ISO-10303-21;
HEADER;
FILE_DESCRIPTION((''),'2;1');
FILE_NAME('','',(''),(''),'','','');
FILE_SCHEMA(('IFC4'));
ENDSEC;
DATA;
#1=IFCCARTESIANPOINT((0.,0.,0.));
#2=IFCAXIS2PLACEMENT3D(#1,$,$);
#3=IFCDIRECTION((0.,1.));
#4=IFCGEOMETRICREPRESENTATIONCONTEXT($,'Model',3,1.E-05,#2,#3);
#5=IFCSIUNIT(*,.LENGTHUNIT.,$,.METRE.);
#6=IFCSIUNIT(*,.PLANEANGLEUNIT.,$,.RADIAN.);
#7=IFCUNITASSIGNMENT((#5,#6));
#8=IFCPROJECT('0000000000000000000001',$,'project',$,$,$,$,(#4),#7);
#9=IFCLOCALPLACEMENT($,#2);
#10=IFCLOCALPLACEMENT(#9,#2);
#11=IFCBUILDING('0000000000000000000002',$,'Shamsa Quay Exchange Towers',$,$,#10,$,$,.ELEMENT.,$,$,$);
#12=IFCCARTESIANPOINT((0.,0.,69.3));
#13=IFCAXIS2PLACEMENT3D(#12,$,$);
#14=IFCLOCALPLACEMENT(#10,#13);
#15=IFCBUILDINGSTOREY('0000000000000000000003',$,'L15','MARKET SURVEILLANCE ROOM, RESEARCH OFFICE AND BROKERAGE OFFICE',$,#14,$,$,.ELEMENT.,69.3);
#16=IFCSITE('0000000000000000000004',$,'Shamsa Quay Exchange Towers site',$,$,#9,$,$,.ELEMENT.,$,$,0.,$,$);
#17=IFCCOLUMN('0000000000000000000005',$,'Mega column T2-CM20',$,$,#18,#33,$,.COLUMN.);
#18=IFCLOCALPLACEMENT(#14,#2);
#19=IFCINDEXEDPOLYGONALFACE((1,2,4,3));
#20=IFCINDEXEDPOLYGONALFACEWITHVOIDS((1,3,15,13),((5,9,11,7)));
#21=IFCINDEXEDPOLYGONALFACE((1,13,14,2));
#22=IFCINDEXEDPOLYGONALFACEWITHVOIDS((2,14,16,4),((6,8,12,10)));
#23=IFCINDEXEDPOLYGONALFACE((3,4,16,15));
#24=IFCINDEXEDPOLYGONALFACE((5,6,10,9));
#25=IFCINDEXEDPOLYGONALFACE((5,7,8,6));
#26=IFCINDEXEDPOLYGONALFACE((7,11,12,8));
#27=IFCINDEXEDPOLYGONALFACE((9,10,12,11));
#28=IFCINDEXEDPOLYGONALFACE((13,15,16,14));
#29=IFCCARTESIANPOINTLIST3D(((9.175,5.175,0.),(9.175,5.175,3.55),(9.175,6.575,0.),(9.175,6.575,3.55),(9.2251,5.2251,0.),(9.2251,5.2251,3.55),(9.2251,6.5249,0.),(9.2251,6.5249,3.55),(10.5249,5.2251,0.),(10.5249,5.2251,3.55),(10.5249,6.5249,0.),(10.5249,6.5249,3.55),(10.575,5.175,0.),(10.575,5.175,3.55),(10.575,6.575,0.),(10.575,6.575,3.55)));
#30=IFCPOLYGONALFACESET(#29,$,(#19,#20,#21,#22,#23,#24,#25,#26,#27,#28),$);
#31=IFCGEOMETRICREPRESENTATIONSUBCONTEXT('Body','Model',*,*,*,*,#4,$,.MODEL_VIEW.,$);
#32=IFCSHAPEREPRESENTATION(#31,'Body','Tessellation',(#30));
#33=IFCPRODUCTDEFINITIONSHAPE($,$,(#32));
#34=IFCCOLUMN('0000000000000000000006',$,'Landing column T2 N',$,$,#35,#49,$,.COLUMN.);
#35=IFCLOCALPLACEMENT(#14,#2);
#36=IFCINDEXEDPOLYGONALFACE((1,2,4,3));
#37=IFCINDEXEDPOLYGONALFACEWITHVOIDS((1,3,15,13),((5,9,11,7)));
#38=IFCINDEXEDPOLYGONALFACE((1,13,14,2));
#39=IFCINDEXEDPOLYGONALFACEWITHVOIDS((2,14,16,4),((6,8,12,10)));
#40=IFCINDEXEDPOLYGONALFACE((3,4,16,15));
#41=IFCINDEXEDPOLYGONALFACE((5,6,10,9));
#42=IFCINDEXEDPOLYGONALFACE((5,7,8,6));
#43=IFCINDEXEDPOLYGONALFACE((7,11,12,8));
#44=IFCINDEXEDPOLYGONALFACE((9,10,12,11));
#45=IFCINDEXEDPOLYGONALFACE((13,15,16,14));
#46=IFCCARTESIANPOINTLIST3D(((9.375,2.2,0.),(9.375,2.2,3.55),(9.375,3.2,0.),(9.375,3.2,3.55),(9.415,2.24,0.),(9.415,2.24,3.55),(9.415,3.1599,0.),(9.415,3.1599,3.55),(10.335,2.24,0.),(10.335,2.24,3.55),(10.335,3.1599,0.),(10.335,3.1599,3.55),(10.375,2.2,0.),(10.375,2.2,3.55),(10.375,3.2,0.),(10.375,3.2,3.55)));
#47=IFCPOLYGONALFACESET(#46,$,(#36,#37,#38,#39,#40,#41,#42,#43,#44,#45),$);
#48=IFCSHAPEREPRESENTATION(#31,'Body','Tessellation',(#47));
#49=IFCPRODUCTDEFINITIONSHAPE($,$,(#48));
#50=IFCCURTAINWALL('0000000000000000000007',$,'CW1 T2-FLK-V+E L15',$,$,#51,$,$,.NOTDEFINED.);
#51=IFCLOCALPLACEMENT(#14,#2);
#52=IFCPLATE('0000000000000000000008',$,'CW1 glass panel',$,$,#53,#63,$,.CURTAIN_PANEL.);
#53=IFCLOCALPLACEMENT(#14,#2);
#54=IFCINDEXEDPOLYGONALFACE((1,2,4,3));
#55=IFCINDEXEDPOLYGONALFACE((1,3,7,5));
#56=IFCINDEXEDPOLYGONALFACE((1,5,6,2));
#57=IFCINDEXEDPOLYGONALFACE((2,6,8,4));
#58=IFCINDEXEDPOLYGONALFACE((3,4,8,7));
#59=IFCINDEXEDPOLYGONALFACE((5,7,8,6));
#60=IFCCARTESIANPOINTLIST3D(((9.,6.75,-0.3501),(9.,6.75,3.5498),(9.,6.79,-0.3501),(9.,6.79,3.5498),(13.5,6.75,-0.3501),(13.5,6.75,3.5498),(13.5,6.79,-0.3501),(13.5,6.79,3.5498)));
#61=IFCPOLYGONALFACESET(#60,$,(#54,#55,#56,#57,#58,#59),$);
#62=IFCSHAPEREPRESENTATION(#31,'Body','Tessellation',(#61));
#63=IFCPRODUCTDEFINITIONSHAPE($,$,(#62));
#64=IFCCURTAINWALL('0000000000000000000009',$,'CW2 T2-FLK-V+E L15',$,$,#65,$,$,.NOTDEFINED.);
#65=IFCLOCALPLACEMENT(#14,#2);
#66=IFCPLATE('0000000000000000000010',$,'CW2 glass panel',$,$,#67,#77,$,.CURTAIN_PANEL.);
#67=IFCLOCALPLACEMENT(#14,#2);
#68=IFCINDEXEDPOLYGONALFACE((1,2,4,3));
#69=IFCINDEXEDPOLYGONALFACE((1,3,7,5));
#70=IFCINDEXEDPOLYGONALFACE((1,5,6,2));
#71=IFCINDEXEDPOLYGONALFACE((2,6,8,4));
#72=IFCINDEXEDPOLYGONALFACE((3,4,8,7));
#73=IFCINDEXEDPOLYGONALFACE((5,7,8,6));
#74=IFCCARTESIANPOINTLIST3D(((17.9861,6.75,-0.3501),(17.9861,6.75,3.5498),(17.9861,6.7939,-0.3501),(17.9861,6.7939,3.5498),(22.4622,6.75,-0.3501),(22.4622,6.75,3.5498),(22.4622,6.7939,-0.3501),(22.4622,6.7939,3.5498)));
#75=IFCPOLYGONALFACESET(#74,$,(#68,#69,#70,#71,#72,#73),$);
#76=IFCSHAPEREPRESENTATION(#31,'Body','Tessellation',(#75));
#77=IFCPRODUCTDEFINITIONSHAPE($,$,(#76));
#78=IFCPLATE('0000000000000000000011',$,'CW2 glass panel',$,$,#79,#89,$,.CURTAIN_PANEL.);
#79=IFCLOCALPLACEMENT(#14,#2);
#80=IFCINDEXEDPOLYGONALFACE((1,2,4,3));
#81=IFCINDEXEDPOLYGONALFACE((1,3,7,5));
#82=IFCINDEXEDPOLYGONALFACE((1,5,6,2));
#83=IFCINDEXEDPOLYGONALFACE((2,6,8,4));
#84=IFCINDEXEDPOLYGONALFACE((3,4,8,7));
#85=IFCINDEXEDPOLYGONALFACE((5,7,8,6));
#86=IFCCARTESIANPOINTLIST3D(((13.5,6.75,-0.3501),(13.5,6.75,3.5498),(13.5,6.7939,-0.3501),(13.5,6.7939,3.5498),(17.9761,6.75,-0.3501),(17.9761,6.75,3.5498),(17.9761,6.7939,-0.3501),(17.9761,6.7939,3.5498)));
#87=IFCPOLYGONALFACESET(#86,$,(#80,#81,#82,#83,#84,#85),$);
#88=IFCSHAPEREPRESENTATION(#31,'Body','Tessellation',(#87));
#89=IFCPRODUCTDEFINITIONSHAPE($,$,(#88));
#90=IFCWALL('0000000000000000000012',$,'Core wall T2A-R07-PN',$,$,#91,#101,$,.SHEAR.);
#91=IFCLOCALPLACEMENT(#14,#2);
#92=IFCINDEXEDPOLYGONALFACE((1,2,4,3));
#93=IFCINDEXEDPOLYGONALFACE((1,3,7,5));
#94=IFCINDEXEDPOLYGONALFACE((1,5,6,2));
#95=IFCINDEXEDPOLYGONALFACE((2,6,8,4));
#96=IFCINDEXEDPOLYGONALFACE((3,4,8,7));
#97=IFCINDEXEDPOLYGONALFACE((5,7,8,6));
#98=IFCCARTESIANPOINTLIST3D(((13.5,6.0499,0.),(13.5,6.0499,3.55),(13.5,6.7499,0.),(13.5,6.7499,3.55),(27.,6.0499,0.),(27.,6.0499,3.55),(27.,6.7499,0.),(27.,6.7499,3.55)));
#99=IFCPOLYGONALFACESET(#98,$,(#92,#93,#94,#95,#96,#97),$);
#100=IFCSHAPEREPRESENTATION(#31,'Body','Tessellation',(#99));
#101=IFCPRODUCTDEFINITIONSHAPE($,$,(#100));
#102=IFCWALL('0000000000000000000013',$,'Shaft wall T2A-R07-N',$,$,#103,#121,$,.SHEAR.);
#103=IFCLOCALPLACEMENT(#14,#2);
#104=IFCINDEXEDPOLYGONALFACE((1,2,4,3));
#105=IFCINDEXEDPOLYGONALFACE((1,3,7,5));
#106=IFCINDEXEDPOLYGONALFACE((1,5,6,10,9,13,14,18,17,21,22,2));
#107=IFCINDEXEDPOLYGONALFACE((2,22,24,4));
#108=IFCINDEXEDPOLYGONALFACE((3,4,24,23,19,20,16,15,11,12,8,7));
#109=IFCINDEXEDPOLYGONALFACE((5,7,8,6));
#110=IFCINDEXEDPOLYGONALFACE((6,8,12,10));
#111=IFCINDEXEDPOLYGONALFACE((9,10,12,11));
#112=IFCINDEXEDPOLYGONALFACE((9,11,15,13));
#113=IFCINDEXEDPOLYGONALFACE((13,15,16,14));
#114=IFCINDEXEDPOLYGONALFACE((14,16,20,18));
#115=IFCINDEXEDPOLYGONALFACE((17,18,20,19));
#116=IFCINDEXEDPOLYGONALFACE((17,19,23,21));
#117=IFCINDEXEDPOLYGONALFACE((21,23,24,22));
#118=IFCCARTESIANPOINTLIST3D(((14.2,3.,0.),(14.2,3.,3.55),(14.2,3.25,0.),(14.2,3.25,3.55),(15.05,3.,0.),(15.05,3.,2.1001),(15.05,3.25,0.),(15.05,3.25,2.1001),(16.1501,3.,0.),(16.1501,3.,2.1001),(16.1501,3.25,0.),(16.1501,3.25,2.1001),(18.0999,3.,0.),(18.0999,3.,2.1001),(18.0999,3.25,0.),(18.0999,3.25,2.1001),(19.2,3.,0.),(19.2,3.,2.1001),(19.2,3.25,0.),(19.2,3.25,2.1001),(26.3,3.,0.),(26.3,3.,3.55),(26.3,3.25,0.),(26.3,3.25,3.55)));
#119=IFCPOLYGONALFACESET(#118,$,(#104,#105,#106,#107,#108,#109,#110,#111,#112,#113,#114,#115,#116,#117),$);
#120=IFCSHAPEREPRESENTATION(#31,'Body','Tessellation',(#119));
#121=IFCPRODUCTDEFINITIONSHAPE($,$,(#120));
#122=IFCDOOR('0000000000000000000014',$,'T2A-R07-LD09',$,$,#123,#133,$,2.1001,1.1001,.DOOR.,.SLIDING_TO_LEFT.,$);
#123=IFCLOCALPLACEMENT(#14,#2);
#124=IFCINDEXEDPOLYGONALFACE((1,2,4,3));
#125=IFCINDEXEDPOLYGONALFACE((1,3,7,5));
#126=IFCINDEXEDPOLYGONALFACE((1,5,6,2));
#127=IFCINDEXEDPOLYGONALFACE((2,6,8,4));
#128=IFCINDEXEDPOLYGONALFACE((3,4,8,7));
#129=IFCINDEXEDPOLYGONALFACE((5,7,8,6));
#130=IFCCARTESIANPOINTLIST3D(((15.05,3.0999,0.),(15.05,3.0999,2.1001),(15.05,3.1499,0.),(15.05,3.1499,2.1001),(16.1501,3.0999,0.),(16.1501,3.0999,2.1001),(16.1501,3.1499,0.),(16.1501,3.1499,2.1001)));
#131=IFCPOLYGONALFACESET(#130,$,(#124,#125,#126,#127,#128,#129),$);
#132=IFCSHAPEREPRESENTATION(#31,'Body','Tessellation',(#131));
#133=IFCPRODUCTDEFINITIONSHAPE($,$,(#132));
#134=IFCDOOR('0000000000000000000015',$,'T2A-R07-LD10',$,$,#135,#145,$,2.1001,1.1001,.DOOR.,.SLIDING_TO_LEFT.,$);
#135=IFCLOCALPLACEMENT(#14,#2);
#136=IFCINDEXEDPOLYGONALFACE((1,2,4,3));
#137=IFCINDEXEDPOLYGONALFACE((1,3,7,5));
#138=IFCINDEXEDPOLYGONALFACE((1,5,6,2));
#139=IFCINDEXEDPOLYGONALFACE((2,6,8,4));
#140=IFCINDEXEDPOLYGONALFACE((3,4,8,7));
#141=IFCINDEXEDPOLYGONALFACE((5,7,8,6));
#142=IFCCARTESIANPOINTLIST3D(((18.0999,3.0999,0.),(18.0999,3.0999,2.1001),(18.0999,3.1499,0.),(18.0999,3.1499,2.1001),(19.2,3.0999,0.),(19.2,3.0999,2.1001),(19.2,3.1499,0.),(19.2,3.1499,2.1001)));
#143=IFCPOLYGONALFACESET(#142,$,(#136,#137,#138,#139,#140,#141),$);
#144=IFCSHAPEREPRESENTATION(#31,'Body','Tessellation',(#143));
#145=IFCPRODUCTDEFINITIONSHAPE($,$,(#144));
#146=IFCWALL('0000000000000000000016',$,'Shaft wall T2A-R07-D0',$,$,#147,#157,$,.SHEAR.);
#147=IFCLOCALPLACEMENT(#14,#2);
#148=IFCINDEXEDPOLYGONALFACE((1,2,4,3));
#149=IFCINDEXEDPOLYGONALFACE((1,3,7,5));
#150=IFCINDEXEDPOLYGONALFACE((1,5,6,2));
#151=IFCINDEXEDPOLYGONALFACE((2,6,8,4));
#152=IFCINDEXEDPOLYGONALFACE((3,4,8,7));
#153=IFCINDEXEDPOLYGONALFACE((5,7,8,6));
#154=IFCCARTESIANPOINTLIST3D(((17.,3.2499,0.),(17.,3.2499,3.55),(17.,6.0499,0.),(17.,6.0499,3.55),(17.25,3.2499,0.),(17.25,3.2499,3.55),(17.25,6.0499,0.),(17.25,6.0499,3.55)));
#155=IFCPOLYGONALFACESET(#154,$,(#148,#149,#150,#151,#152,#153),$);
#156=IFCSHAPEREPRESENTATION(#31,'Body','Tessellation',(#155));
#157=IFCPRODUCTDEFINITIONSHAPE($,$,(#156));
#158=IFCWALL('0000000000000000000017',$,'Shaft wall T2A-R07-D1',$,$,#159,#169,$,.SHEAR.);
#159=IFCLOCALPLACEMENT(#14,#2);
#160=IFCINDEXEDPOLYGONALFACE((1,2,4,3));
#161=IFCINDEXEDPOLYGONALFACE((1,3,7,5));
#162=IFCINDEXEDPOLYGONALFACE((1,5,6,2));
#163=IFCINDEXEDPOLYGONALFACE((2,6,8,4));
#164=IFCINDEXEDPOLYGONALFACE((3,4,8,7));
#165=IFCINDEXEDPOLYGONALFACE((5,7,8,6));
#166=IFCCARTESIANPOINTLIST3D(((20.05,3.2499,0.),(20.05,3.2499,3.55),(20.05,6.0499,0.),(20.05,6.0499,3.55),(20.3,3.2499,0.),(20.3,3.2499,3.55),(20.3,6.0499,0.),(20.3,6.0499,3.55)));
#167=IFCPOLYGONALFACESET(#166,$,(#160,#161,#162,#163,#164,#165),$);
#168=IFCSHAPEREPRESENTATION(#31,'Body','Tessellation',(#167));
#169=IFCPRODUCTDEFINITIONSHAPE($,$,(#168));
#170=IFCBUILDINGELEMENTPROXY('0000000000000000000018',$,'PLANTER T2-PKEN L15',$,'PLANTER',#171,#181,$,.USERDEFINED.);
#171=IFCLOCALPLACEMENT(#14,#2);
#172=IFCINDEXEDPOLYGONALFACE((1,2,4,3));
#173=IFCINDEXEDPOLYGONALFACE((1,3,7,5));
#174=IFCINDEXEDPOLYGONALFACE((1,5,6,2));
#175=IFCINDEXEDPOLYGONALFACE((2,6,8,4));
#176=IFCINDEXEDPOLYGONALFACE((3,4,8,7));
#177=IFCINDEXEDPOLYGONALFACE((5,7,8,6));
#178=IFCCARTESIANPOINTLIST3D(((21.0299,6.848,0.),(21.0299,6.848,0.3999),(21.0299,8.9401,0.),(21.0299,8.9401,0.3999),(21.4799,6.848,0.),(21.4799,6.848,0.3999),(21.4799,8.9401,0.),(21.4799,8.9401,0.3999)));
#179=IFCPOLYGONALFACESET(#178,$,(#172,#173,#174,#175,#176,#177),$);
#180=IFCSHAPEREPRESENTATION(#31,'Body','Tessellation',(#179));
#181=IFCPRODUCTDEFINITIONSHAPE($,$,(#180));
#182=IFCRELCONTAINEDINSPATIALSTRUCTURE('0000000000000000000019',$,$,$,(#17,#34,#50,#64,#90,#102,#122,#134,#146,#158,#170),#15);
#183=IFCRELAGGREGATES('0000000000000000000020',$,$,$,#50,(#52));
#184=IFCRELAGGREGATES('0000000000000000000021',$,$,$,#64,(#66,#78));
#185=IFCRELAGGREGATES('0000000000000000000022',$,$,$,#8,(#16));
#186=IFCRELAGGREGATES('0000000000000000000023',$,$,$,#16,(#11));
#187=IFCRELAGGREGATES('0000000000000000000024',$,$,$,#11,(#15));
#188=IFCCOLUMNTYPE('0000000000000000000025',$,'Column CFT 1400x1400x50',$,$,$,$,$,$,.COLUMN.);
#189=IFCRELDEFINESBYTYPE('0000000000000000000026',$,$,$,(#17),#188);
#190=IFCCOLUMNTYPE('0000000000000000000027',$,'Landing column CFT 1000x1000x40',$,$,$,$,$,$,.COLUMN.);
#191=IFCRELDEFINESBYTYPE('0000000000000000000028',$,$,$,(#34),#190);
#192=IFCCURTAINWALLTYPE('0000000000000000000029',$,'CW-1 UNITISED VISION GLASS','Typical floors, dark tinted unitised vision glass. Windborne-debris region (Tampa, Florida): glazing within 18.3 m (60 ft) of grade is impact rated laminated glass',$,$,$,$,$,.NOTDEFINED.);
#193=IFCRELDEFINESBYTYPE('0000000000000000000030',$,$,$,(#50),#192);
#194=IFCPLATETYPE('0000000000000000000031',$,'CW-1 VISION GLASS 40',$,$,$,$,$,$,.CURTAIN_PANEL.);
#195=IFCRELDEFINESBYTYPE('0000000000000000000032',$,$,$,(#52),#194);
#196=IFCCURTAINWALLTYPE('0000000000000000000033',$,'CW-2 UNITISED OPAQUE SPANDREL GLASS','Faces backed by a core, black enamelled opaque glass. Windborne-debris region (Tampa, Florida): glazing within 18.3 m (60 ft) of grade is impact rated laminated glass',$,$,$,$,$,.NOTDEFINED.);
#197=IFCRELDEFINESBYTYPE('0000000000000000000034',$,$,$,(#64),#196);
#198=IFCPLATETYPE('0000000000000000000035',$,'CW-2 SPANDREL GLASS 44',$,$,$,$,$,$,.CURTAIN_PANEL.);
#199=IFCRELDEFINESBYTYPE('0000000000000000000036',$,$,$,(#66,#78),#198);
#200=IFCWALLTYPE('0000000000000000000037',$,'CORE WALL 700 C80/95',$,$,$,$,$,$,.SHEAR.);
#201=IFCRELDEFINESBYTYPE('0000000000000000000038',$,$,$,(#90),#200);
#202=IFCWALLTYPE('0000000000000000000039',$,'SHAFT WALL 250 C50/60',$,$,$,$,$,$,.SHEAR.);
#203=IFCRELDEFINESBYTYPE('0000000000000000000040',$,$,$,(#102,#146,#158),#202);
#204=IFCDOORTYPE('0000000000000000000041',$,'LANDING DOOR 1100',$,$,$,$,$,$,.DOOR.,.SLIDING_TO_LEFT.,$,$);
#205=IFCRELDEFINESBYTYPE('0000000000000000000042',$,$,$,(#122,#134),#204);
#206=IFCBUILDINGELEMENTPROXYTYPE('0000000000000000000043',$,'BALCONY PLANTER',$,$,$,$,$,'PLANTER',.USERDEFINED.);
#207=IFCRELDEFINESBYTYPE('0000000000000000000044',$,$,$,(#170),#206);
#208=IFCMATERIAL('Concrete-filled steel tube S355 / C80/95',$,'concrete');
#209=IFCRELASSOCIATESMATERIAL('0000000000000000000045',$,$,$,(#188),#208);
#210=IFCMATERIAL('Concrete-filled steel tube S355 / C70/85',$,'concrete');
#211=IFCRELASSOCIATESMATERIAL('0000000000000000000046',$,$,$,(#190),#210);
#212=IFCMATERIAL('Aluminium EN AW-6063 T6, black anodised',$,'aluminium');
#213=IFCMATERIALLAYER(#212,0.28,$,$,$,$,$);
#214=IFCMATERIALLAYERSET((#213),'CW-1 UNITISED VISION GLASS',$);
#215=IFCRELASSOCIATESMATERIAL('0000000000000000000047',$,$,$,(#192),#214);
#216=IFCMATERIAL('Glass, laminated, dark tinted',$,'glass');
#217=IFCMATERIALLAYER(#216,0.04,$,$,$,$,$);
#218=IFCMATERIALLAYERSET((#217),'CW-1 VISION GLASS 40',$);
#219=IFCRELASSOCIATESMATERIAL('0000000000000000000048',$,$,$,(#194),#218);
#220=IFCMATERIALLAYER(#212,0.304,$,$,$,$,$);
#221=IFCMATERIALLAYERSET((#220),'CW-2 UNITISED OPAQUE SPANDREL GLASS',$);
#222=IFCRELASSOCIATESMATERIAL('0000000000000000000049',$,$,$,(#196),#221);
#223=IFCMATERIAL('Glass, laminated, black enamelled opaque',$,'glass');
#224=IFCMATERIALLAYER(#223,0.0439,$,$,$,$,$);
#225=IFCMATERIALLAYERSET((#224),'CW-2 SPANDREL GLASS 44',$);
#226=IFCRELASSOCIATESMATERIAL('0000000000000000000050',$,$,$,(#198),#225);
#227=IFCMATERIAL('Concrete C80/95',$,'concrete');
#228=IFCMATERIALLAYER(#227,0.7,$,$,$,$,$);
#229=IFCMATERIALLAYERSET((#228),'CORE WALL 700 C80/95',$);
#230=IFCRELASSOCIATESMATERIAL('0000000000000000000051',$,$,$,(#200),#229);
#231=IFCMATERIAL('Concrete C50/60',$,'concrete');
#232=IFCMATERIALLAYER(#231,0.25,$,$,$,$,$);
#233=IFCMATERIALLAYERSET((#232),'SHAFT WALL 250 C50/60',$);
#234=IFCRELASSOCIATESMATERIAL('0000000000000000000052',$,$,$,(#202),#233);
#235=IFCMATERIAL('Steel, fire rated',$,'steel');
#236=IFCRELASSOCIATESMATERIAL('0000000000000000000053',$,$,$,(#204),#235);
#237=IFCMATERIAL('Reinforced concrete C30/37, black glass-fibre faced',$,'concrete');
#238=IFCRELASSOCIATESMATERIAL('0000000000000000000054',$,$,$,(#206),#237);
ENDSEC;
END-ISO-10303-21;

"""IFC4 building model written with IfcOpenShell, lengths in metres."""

from ifc_helpers import new_model, si_unit, direction, frame, frame_2d, origin, origin_2d, place, context, subcontext, project, spatial, rectangle, hollow_rectangle, extrude, material, layer, layer_set, material_profile, profile_set, type_object, element, fill, aggregate, save


model = new_model("IFC4")

# Units and contexts
model_context = context("Model", 3, precision=1e-05, world=origin(), true_north=direction((0.0, 1.0)))
body_context = subcontext(model_context, "Body", "Model", "MODEL_VIEW")
ifc_project = project(units=[si_unit("LENGTHUNIT", "METRE"), si_unit("PLANEANGLEUNIT", "RADIAN")], contexts=[model_context])

# Site, building, storey
site_placement = place(None, origin())
site = spatial("IfcSite", under=ifc_project, at=site_placement, Name="Shamsa Quay Exchange Towers site", CompositionType="ELEMENT", RefElevation=0.0)
building_placement = place(site_placement, origin())
building = spatial("IfcBuilding", under=site, at=building_placement, Name="Shamsa Quay Exchange Towers", CompositionType="ELEMENT")
storey_placement = place(building_placement, frame((0.0, 0.0, 69.3)))
storey = spatial("IfcBuildingStorey", under=building, at=storey_placement, Name="L15", Description="MARKET SURVEILLANCE ROOM, RESEARCH OFFICE AND BROKERAGE OFFICE", CompositionType="ELEMENT", Elevation=69.3)

# Columns
ifc_material_1 = material(Name="Concrete-filled steel tube S355 / C80/95", Category="concrete")
ifc_material_profile_1 = material_profile(ifc_material_1, hollow_rectangle(XDim=1.3999, YDim=1.3999, WallThickness=0.05, at=origin_2d()), Name="CFT 1400x1400x50")
ifc_profile_set_1 = profile_set([ifc_material_profile_1], Name="Concrete-filled steel tube S355 / C80/95")
column_type_1 = type_object("IfcColumnType", Name="Column CFT 1400x1400x50", PredefinedType="COLUMN", material=ifc_profile_set_1)
column_1_placement = place(storey_placement, frame((9.875, 5.875, 0.0)))
element("IfcColumn", 1, at=column_1_placement, inside=storey, type_object=column_type_1, Name="Mega column T2-CM20", PredefinedType="COLUMN", context=body_context, shape_type="SweptSolid", body=[
    extrude(hollow_rectangle(XDim=1.3999, YDim=1.3999, WallThickness=0.05, at=origin_2d()), origin(), (0.0, 0.0, 1.0), 3.55),
])
ifc_material_2 = material(Name="Concrete-filled steel tube S355 / C70/85", Category="concrete")
ifc_material_profile_2 = material_profile(ifc_material_2, hollow_rectangle(XDim=1.0, YDim=1.0, WallThickness=0.04, at=origin_2d()), Name="CFT 1000x1000x40")
ifc_profile_set_2 = profile_set([ifc_material_profile_2], Name="Concrete-filled steel tube S355 / C70/85")
column_type_2 = type_object("IfcColumnType", Name="Landing column CFT 1000x1000x40", PredefinedType="COLUMN", material=ifc_profile_set_2)
column_2_placement = place(storey_placement, frame((9.875, 2.7, 0.0)))
element("IfcColumn", 2, at=column_2_placement, inside=storey, type_object=column_type_2, Name="Landing column T2 N", PredefinedType="COLUMN", context=body_context, shape_type="SweptSolid", body=[
    extrude(hollow_rectangle(XDim=1.0, YDim=1.0, WallThickness=0.04, at=origin_2d()), origin(), (0.0, 0.0, 1.0), 3.55),
])

# Curtain wall, plate
ifc_material_3 = material(Name="Aluminium EN AW-6063 T6, black anodised", Category="aluminium")
ifc_layer_1 = layer(ifc_material_3, 0.28)
ifc_layer_set_1 = layer_set([ifc_layer_1], Name="CW-1 UNITISED VISION GLASS")
curtain_wall_type_1 = type_object("IfcCurtainWallType", Name="CW-1 UNITISED VISION GLASS", Description="Typical floors, dark tinted unitised vision glass. Windborne-debris region (Tampa, Florida): glazing within 18.3 m (60 ft) of grade is impact rated laminated glass", PredefinedType="NOTDEFINED", material=ifc_layer_set_1)
curtain_wall_1_placement = place(storey_placement, origin())
curtain_wall_1 = element("IfcCurtainWall", 3, at=curtain_wall_1_placement, inside=storey, type_object=curtain_wall_type_1, Name="CW1 T2-FLK-V+E L15", PredefinedType="NOTDEFINED")
ifc_material_4 = material(Name="Glass, laminated, dark tinted", Category="glass")
ifc_layer_2 = layer(ifc_material_4, 0.04)
ifc_layer_set_2 = layer_set([ifc_layer_2], Name="CW-1 VISION GLASS 40")
plate_type_1 = type_object("IfcPlateType", Name="CW-1 VISION GLASS 40", PredefinedType="CURTAIN_PANEL", material=ifc_layer_set_2)
plate_1_placement = place(storey_placement, frame((11.25, 6.77, -0.3501), z_axis=(0.0, 0.0, 1.0), x_axis=(-1.0, 0.0, 0.0)))
plate_1 = element("IfcPlate", 4, at=plate_1_placement, type_object=plate_type_1, Name="CW1 glass panel", PredefinedType="CURTAIN_PANEL", context=body_context, shape_type="SweptSolid", body=[
    extrude(rectangle(XDim=4.5, YDim=0.04, at=origin_2d()), origin(), (0.0, 0.0, 1.0), 3.8999),
])
aggregate(curtain_wall_1, [plate_1])

# Curtain wall, plates
ifc_layer_3 = layer(ifc_material_3, 0.304)
ifc_layer_set_3 = layer_set([ifc_layer_3], Name="CW-2 UNITISED OPAQUE SPANDREL GLASS")
curtain_wall_type_2 = type_object("IfcCurtainWallType", Name="CW-2 UNITISED OPAQUE SPANDREL GLASS", Description="Faces backed by a core, black enamelled opaque glass. Windborne-debris region (Tampa, Florida): glazing within 18.3 m (60 ft) of grade is impact rated laminated glass", PredefinedType="NOTDEFINED", material=ifc_layer_set_3)
curtain_wall_2_placement = place(storey_placement, origin())
curtain_wall_2 = element("IfcCurtainWall", 5, at=curtain_wall_2_placement, inside=storey, type_object=curtain_wall_type_2, Name="CW2 T2-FLK-V+E L15", PredefinedType="NOTDEFINED")
ifc_material_5 = material(Name="Glass, laminated, black enamelled opaque", Category="glass")
ifc_layer_4 = layer(ifc_material_5, 0.0439)
ifc_layer_set_4 = layer_set([ifc_layer_4], Name="CW-2 SPANDREL GLASS 44")
plate_type_2 = type_object("IfcPlateType", Name="CW-2 SPANDREL GLASS 44", PredefinedType="CURTAIN_PANEL", material=ifc_layer_set_4)
plate_2_placement = place(storey_placement, frame((20.2241, 6.772, -0.3501), z_axis=(0.0, 0.0, 1.0), x_axis=(-1.0, 0.0, 0.0)))
plate_2 = element("IfcPlate", 6, at=plate_2_placement, type_object=plate_type_2, Name="CW2 glass panel", PredefinedType="CURTAIN_PANEL", context=body_context, shape_type="SweptSolid", body=[
    extrude(rectangle(XDim=4.4761, YDim=0.0439, at=origin_2d()), origin(), (0.0, 0.0, 1.0), 3.8999),
])
plate_3_placement = place(storey_placement, frame((15.738, 6.772, -0.3501), z_axis=(0.0, 0.0, 1.0), x_axis=(-1.0, 0.0, 0.0)))
plate_3 = element("IfcPlate", 7, at=plate_3_placement, type_object=plate_type_2, Name="CW2 glass panel", PredefinedType="CURTAIN_PANEL", context=body_context, shape_type="SweptSolid", body=[
    extrude(rectangle(XDim=4.4761, YDim=0.0439, at=origin_2d()), origin(), (0.0, 0.0, 1.0), 3.8999),
])
aggregate(curtain_wall_2, [plate_2, plate_3])

# Wall
ifc_material_6 = material(Name="Concrete C80/95", Category="concrete")
ifc_layer_5 = layer(ifc_material_6, 0.7)
ifc_layer_set_5 = layer_set([ifc_layer_5], Name="CORE WALL 700 C80/95")
wall_type_1 = type_object("IfcWallType", Name="CORE WALL 700 C80/95", PredefinedType="SHEAR", material=ifc_layer_set_5)
wall_1_placement = place(storey_placement, frame((13.5, 6.3999, 0.0)))
element("IfcWall", 8, at=wall_1_placement, inside=storey, type_object=wall_type_1, Name="Core wall T2A-R07-PN", PredefinedType="SHEAR", context=body_context, shape_type="SweptSolid", body=[
    extrude(rectangle(XDim=13.5, YDim=0.7, at=frame_2d((6.75, 0.0))), origin(), (0.0, 0.0, 1.0), 3.55),
])

# Shared definitions
ifc_material_7 = material(Name="Steel, fire rated", Category="steel")

# Wall, openings, doors
ifc_material_8 = material(Name="Concrete C50/60", Category="concrete")
ifc_layer_6 = layer(ifc_material_8, 0.25)
ifc_layer_set_6 = layer_set([ifc_layer_6], Name="SHAFT WALL 250 C50/60")
wall_type_2 = type_object("IfcWallType", Name="SHAFT WALL 250 C50/60", PredefinedType="SHEAR", material=ifc_layer_set_6)
wall_2_placement = place(storey_placement, frame((14.2, 3.125, 0.0)))
wall_2 = element("IfcWall", 9, at=wall_2_placement, inside=storey, type_object=wall_type_2, Name="Shaft wall T2A-R07-N", PredefinedType="SHEAR", context=body_context, shape_type="SweptSolid", body=[
    extrude(rectangle(XDim=12.1001, YDim=0.25, at=frame_2d((6.05, 0.0))), origin(), (0.0, 0.0, 1.0), 3.55),
])
opening_1_placement = place(wall_2_placement, frame((0.8501, 0.0, 0.0)))
opening_1 = element("IfcOpeningElement", 10, at=opening_1_placement, cuts=wall_2, PredefinedType="OPENING", context=body_context, shape_type="SweptSolid", body=[
    extrude(rectangle(XDim=1.1001, YDim=2.1001, at=frame_2d((0.55, 1.05))), frame((0.0, 0.135, 0.0), z_axis=(0.0, -1.0, 0.0), x_axis=(1.0, 0.0, 0.0)), (0.0, 0.0, 1.0), 0.27),
])
opening_2_placement = place(wall_2_placement, frame((3.8999, 0.0, 0.0)))
opening_2 = element("IfcOpeningElement", 11, at=opening_2_placement, cuts=wall_2, PredefinedType="OPENING", context=body_context, shape_type="SweptSolid", body=[
    extrude(rectangle(XDim=1.1001, YDim=2.1001, at=frame_2d((0.55, 1.05))), frame((0.0, 0.135, 0.0), z_axis=(0.0, -1.0, 0.0), x_axis=(1.0, 0.0, 0.0)), (0.0, 0.0, 1.0), 0.27),
])
door_type_1 = type_object("IfcDoorType", Name="LANDING DOOR 1100", OperationType="SLIDING_TO_LEFT", PredefinedType="DOOR", material=ifc_material_7)
door_1_placement = place(opening_1_placement, origin())
door_1 = element("IfcDoor", 12, at=door_1_placement, inside=storey, type_object=door_type_1, Name="T2A-R07-LD09", OperationType="SLIDING_TO_LEFT", OverallHeight=2.1001, OverallWidth=1.1001, PredefinedType="DOOR", context=body_context, shape_type="SweptSolid", body=[
    extrude(rectangle(XDim=1.1001, YDim=2.1001, at=frame_2d((0.55, 1.05))), frame((0.0, 0.0249, 0.0), z_axis=(0.0, -1.0, 0.0), x_axis=(1.0, 0.0, 0.0)), (0.0, 0.0, 1.0), 0.05),
])
fill(opening_1, door_1)
door_2_placement = place(opening_2_placement, origin())
door_2 = element("IfcDoor", 13, at=door_2_placement, inside=storey, type_object=door_type_1, Name="T2A-R07-LD10", OperationType="SLIDING_TO_LEFT", OverallHeight=2.1001, OverallWidth=1.1001, PredefinedType="DOOR", context=body_context, shape_type="SweptSolid", body=[
    extrude(rectangle(XDim=1.1001, YDim=2.1001, at=frame_2d((0.55, 1.05))), frame((0.0, 0.0249, 0.0), z_axis=(0.0, -1.0, 0.0), x_axis=(1.0, 0.0, 0.0)), (0.0, 0.0, 1.0), 0.05),
])
fill(opening_2, door_2)

# Walls
for number, where, z_axis, x_axis, name in (
    (14, (17.125, 3.25, 0.0), (0.0, 0.0, 1.0), (0.0, 1.0, 0.0), "Shaft wall T2A-R07-D0"),
    (15, (20.175, 3.25, 0.0), (0.0, 0.0, 1.0), (0.0, 1.0, 0.0), "Shaft wall T2A-R07-D1"),
):
    element("IfcWall", number, at=place(storey_placement, frame(where, z_axis=z_axis, x_axis=x_axis)), inside=storey, type_object=wall_type_2, Name=name, PredefinedType="SHEAR", context=body_context, shape_type="SweptSolid", body=[
        extrude(rectangle(XDim=2.8, YDim=0.25, at=frame_2d((1.3999, 0.0))), origin(), (0.0, 0.0, 1.0), 3.55),
    ])

# Building element proxy
ifc_material_9 = material(Name="Reinforced concrete C30/37, black glass-fibre faced", Category="concrete")
building_element_proxy_type = type_object("IfcBuildingElementProxyType", Name="BALCONY PLANTER", ElementType="PLANTER", PredefinedType="USERDEFINED", material=ifc_material_9)
proxy_placement = place(storey_placement, frame((21.2549, 7.894, 0.0), z_axis=(0.0, 0.0, 1.0), x_axis=(0.0, -1.0, 0.0)))
element("IfcBuildingElementProxy", 16, at=proxy_placement, inside=storey, type_object=building_element_proxy_type, Name="PLANTER T2-PKEN L15", ObjectType="PLANTER", PredefinedType="USERDEFINED", context=body_context, shape_type="SweptSolid", body=[
    extrude(rectangle(XDim=2.092, YDim=0.45, at=origin_2d()), origin(), (0.0, 0.0, 1.0), 0.3999),
])

save(model, "model.ifc")
